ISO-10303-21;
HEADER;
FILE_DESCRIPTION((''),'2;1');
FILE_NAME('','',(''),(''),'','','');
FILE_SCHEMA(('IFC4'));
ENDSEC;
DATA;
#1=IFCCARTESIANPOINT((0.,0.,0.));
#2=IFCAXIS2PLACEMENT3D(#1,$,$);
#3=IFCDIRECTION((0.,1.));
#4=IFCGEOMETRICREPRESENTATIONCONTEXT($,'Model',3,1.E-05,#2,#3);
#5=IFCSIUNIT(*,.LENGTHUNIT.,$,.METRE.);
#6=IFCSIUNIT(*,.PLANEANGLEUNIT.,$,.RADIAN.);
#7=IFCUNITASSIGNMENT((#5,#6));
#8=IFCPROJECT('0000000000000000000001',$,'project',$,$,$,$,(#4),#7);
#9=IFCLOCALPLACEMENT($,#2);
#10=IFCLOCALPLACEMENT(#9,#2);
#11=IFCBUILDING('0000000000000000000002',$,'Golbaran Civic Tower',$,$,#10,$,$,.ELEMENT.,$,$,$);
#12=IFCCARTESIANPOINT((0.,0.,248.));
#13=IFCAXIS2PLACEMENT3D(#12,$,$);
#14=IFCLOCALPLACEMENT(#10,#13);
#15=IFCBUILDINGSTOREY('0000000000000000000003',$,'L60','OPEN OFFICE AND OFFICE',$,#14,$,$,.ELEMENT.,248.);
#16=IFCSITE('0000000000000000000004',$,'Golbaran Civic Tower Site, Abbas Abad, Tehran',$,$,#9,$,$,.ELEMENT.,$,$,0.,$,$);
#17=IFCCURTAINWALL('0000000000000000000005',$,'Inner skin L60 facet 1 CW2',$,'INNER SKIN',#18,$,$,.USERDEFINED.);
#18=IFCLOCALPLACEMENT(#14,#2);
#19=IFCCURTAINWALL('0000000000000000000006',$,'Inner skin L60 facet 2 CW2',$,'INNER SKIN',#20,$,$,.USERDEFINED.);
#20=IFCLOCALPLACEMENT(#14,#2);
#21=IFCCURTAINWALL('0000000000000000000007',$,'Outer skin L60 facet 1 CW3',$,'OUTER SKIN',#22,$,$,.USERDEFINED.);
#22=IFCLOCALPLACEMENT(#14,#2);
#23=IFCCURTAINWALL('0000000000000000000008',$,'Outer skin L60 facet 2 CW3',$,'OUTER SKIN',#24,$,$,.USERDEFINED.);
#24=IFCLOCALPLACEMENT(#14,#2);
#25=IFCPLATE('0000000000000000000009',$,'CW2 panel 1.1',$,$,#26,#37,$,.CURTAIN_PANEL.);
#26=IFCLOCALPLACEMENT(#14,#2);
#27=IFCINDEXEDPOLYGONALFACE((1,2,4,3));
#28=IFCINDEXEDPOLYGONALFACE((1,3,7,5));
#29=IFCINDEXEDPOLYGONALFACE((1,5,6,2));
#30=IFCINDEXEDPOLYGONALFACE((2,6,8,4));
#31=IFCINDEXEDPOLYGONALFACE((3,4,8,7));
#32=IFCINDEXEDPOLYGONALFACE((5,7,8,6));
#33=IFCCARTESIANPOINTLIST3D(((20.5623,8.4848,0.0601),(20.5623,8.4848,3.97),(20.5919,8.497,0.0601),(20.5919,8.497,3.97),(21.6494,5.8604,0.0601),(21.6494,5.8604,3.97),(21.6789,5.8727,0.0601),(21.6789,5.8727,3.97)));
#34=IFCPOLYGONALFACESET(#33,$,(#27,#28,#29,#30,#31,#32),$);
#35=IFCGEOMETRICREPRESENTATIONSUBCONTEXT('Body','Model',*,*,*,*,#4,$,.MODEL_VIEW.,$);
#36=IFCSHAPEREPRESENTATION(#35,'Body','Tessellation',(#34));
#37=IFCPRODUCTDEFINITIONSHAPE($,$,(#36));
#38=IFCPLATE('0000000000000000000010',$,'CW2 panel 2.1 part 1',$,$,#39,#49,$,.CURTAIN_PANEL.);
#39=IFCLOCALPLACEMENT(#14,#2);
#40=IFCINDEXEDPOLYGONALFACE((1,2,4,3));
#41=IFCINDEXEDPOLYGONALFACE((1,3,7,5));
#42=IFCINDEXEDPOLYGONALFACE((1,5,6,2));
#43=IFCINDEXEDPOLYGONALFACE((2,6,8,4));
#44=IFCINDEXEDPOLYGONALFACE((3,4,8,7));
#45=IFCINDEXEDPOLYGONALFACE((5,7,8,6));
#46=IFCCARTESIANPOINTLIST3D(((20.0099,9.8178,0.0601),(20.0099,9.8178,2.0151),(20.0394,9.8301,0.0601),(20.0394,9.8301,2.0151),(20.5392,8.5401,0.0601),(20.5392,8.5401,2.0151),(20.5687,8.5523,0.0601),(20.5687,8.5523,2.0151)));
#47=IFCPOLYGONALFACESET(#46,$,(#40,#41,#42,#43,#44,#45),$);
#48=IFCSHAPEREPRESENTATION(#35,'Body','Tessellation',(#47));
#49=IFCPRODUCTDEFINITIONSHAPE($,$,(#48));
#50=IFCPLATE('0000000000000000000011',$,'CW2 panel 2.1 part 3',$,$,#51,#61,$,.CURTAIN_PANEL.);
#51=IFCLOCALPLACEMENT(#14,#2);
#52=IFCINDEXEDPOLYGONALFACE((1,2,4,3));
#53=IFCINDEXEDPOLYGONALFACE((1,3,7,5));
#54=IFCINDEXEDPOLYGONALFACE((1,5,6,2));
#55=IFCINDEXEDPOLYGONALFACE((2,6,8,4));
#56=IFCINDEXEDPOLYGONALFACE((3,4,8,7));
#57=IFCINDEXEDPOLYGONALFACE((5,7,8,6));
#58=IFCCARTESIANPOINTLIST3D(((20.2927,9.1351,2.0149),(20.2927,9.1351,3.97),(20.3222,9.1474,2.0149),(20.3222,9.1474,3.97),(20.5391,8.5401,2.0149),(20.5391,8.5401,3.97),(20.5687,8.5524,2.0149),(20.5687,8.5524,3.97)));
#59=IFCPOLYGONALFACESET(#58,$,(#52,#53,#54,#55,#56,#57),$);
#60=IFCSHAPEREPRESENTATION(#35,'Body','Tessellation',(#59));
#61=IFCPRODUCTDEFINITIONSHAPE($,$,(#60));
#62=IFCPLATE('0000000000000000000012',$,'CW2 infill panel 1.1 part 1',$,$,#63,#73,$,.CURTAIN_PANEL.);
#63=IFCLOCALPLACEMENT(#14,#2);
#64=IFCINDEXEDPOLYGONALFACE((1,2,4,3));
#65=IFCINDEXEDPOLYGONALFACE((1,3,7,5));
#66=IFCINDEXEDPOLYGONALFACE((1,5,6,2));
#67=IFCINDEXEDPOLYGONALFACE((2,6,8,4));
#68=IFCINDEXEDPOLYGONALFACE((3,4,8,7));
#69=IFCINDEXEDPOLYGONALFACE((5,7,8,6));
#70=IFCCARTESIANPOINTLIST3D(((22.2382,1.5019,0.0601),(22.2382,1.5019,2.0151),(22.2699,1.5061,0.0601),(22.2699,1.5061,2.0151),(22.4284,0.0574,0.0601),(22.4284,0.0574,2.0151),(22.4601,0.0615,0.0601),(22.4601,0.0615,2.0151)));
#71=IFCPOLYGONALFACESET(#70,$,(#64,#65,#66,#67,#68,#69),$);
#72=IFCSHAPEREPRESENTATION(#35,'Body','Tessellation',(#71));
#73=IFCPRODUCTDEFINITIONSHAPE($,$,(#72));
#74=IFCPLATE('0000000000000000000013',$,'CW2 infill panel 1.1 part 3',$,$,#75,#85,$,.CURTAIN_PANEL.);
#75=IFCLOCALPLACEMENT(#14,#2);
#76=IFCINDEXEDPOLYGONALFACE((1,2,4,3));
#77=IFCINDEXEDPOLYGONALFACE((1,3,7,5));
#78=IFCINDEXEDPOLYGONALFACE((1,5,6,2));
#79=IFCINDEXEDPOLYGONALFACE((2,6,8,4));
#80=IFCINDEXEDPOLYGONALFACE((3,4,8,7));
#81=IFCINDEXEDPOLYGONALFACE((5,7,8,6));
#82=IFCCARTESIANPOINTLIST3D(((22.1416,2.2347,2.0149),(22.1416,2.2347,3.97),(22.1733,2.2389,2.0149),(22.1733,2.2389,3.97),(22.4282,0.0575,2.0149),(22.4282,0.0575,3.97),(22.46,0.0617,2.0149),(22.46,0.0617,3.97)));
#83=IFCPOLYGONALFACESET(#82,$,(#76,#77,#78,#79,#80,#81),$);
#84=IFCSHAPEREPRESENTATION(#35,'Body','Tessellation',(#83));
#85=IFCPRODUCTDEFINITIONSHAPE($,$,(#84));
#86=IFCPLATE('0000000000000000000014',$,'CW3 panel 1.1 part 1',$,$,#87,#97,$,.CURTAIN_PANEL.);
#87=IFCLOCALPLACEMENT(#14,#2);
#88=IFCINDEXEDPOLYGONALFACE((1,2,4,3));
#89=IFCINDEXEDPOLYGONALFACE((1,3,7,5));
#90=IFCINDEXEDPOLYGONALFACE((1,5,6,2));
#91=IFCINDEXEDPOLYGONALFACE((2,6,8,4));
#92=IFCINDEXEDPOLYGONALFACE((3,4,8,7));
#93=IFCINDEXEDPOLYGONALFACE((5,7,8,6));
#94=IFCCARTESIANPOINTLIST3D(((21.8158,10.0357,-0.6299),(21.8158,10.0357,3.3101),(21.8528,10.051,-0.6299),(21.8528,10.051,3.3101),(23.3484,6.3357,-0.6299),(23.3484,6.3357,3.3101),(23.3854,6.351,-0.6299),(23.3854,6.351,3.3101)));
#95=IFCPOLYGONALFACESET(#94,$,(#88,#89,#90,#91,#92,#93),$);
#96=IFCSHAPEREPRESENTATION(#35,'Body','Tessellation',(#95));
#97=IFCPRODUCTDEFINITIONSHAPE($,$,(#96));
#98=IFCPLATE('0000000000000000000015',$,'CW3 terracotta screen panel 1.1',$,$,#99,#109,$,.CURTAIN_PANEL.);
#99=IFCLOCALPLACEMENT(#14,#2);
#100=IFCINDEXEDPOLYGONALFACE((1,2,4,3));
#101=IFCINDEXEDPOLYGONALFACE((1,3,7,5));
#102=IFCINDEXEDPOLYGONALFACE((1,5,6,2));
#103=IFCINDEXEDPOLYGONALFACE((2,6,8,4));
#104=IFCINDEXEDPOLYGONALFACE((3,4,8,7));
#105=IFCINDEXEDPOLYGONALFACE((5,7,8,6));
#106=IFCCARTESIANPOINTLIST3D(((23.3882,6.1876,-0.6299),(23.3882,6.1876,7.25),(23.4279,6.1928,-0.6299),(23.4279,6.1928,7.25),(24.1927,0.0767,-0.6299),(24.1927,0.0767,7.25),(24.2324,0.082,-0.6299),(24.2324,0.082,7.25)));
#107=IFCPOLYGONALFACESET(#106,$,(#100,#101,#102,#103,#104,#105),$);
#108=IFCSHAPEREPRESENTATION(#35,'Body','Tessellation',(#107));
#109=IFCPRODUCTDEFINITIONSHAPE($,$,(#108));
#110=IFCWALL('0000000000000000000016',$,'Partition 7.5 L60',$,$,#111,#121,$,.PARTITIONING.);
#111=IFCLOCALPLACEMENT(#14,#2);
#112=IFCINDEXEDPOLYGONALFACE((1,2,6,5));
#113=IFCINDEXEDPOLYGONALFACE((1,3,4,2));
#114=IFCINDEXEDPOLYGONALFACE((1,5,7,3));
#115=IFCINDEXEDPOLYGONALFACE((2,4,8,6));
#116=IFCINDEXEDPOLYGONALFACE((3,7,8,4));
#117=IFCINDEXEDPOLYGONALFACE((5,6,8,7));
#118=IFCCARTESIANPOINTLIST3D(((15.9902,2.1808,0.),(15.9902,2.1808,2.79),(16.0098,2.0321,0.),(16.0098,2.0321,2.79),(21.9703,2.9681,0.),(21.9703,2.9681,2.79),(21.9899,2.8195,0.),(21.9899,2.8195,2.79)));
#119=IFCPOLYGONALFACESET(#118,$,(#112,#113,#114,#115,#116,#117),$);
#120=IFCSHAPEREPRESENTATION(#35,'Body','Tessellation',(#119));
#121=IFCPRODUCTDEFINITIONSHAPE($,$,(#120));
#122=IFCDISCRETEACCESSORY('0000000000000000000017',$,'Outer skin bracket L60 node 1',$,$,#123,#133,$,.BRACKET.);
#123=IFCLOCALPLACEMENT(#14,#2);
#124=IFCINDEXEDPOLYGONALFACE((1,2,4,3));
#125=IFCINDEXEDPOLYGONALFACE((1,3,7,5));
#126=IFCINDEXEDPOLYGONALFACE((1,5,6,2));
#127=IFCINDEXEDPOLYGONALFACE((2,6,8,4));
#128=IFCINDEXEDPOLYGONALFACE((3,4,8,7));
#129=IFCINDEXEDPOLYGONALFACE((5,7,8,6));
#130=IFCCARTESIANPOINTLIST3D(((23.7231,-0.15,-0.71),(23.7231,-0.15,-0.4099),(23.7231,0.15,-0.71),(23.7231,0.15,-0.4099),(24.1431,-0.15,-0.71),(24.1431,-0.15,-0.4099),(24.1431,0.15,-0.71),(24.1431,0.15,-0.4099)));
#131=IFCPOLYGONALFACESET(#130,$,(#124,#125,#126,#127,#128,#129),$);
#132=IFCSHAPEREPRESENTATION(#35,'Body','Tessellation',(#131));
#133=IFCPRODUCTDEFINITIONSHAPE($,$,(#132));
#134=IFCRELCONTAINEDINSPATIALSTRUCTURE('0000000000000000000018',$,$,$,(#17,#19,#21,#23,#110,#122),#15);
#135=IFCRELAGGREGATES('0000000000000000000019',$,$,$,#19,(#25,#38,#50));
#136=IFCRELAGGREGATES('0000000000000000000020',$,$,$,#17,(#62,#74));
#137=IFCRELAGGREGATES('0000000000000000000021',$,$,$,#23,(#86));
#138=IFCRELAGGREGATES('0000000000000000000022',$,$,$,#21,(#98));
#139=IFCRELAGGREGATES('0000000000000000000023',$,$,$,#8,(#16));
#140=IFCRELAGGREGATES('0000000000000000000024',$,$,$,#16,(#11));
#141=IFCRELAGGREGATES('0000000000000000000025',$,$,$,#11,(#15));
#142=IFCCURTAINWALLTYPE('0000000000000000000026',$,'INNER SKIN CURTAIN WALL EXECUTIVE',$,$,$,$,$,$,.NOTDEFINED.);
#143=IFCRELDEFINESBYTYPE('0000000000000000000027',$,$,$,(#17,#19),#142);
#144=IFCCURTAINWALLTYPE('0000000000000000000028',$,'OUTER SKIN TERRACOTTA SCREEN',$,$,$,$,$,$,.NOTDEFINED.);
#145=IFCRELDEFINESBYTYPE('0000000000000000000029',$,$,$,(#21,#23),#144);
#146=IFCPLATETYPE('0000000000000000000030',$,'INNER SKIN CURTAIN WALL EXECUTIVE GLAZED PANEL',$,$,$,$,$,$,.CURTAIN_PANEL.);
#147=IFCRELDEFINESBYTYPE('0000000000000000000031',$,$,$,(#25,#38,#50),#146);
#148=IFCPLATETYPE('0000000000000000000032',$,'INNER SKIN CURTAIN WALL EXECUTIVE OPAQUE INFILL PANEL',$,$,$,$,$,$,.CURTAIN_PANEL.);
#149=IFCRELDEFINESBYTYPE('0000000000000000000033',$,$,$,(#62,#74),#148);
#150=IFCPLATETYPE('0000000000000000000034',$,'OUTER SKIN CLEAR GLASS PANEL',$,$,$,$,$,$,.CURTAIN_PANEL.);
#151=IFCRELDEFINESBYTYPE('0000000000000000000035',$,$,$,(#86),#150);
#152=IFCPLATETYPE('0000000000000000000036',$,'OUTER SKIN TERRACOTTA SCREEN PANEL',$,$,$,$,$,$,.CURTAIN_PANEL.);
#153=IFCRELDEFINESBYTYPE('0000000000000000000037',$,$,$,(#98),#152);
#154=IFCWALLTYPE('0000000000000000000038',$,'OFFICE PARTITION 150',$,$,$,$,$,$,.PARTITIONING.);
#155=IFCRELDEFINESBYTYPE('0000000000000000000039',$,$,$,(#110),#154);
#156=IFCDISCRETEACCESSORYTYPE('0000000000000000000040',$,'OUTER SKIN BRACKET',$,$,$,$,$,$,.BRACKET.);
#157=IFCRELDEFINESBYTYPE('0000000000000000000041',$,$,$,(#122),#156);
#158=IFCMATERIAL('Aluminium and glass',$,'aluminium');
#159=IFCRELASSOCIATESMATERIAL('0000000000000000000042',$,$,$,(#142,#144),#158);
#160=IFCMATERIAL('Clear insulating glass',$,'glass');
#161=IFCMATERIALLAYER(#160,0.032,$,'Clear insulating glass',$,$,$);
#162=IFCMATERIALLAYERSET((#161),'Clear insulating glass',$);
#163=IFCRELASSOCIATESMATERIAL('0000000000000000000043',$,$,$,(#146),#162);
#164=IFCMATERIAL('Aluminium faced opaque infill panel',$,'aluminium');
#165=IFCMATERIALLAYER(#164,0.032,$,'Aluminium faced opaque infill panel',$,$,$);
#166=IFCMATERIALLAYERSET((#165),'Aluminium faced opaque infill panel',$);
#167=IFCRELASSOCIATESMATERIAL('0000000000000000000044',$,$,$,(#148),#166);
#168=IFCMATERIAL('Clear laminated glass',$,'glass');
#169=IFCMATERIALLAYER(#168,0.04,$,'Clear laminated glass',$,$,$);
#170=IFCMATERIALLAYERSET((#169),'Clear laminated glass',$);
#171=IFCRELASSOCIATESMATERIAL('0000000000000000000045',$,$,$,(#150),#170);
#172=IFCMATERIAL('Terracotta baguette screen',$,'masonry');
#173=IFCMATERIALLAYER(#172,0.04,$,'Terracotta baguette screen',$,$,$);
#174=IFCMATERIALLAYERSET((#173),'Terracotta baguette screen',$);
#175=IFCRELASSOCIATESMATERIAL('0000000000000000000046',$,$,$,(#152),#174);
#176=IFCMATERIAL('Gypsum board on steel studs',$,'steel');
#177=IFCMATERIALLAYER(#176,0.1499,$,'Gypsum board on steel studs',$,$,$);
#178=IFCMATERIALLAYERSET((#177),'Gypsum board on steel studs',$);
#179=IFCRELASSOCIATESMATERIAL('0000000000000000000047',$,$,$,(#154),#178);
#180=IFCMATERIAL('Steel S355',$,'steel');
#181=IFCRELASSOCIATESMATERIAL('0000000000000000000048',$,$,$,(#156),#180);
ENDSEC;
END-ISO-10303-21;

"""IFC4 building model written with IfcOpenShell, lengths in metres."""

from ifc_helpers import new_model, si_unit, direction, frame, frame_2d, origin, origin_2d, place, context, subcontext, project, spatial, rectangle, extrude, material, layer, layer_set, type_object, element, aggregate, save


model = new_model("IFC4")

# Units and contexts
model_context = context("Model", 3, precision=1e-05, world=origin(), true_north=direction((0.0, 1.0)))
body_context = subcontext(model_context, "Body", "Model", "MODEL_VIEW")
ifc_project = project(units=[si_unit("LENGTHUNIT", "METRE"), si_unit("PLANEANGLEUNIT", "RADIAN")], contexts=[model_context])

# Site, building, storey
site_placement = place(None, origin())
site = spatial("IfcSite", under=ifc_project, at=site_placement, Name="Golbaran Civic Tower Site, Abbas Abad, Tehran", CompositionType="ELEMENT", RefElevation=0.0)
building_placement = place(site_placement, origin())
building = spatial("IfcBuilding", under=site, at=building_placement, Name="Golbaran Civic Tower", CompositionType="ELEMENT")
storey_placement = place(building_placement, frame((0.0, 0.0, 248.0)))
storey = spatial("IfcBuildingStorey", under=building, at=storey_placement, Name="L60", Description="OPEN OFFICE AND OFFICE", CompositionType="ELEMENT", Elevation=248.0)

# Shared definitions
ifc_material_1 = material(Name="Steel S355", Category="steel")

# Curtain walls
ifc_material_2 = material(Name="Aluminium and glass", Category="aluminium")
curtain_wall_type_1 = type_object("IfcCurtainWallType", Name="INNER SKIN CURTAIN WALL EXECUTIVE", PredefinedType="NOTDEFINED", material=ifc_material_2)
curtain_wall_1_placement = place(storey_placement, origin())
curtain_wall_1 = element("IfcCurtainWall", 1, at=curtain_wall_1_placement, inside=storey, type_object=curtain_wall_type_1, Name="Inner skin L60 facet 1 CW2", ObjectType="INNER SKIN", PredefinedType="USERDEFINED")
curtain_wall_2_placement = place(storey_placement, origin())
curtain_wall_2 = element("IfcCurtainWall", 2, at=curtain_wall_2_placement, inside=storey, type_object=curtain_wall_type_1, Name="Inner skin L60 facet 2 CW2", ObjectType="INNER SKIN", PredefinedType="USERDEFINED")

# Curtain wall
curtain_wall_type_2 = type_object("IfcCurtainWallType", Name="OUTER SKIN TERRACOTTA SCREEN", PredefinedType="NOTDEFINED", material=ifc_material_2)
curtain_wall_3_placement = place(storey_placement, origin())
curtain_wall_3 = element("IfcCurtainWall", 3, at=curtain_wall_3_placement, inside=storey, type_object=curtain_wall_type_2, Name="Outer skin L60 facet 1 CW3", ObjectType="OUTER SKIN", PredefinedType="USERDEFINED")

# Curtain wall
curtain_wall_4_placement = place(storey_placement, origin())
curtain_wall_4 = element("IfcCurtainWall", 4, at=curtain_wall_4_placement, inside=storey, type_object=curtain_wall_type_2, Name="Outer skin L60 facet 2 CW3", ObjectType="OUTER SKIN", PredefinedType="USERDEFINED")

# Plates
ifc_material_3 = material(Name="Clear insulating glass", Category="glass")
ifc_layer_1 = layer(ifc_material_3, 0.032, Name="Clear insulating glass")
ifc_layer_set_1 = layer_set([ifc_layer_1], Name="Clear insulating glass")
plate_type_1 = type_object("IfcPlateType", Name="INNER SKIN CURTAIN WALL EXECUTIVE GLAZED PANEL", PredefinedType="CURTAIN_PANEL", material=ifc_layer_set_1)
plate_1_placement = place(storey_placement, frame((21.1206, 7.1787, 0.0601), z_axis=(0.0, 0.0, 1.0), x_axis=(-0.382683, 0.92388, 0.0)))
plate_1 = element("IfcPlate", 5, at=plate_1_placement, type_object=plate_type_1, Name="CW2 panel 1.1", PredefinedType="CURTAIN_PANEL", context=body_context, shape_type="SweptSolid", body=[
    extrude(rectangle(XDim=2.8406, YDim=0.032, at=origin_2d()), origin(), (0.0, 0.0, 1.0), 3.9099),
])
plate_2_placement = place(storey_placement, frame((20.2893, 9.1851, 0.0601), z_axis=(0.0, 0.0, 1.0), x_axis=(-0.382683, 0.92388, 0.0)))
plate_2 = element("IfcPlate", 6, at=plate_2_placement, type_object=plate_type_1, Name="CW2 panel 2.1 part 1", PredefinedType="CURTAIN_PANEL", context=body_context, shape_type="SweptSolid", body=[
    extrude(rectangle(XDim=1.3831, YDim=0.032, at=origin_2d()), origin(), (0.0, 0.0, 1.0), 1.9551),
])
plate_3_placement = place(storey_placement, frame((20.4307, 8.8438, 2.0149), z_axis=(0.0, 0.0, 1.0), x_axis=(-0.382683, 0.92388, 0.0)))
plate_3 = element("IfcPlate", 7, at=plate_3_placement, type_object=plate_type_1, Name="CW2 panel 2.1 part 3", PredefinedType="CURTAIN_PANEL", context=body_context, shape_type="SweptSolid", body=[
    extrude(rectangle(XDim=0.644, YDim=0.032, at=origin_2d()), origin(), (0.0, 0.0, 1.0), 1.9551),
])
aggregate(curtain_wall_2, [plate_1, plate_2, plate_3])
ifc_material_4 = material(Name="Aluminium faced opaque infill panel", Category="aluminium")
ifc_layer_2 = layer(ifc_material_4, 0.032, Name="Aluminium faced opaque infill panel")
ifc_layer_set_2 = layer_set([ifc_layer_2], Name="Aluminium faced opaque infill panel")
plate_type_2 = type_object("IfcPlateType", Name="INNER SKIN CURTAIN WALL EXECUTIVE OPAQUE INFILL PANEL", PredefinedType="CURTAIN_PANEL", material=ifc_layer_set_2)
plate_4_placement = place(storey_placement, frame((22.3491, 0.7817, 0.0601), z_axis=(0.0, 0.0, 1.0), x_axis=(-0.130526, 0.991445, 0.0)))
plate_4 = element("IfcPlate", 8, at=plate_4_placement, type_object=plate_type_2, Name="CW2 infill panel 1.1 part 1", PredefinedType="CURTAIN_PANEL", context=body_context, shape_type="SweptSolid", body=[
    extrude(rectangle(XDim=1.457, YDim=0.032, at=origin_2d()), origin(), (0.0, 0.0, 1.0), 1.9551),
])
plate_5_placement = place(storey_placement, frame((22.3008, 1.1482, 2.0149), z_axis=(0.0, 0.0, 1.0), x_axis=(-0.130526, 0.991445, 0.0)))
plate_5 = element("IfcPlate", 9, at=plate_5_placement, type_object=plate_type_2, Name="CW2 infill panel 1.1 part 3", PredefinedType="CURTAIN_PANEL", context=body_context, shape_type="SweptSolid", body=[
    extrude(rectangle(XDim=2.196, YDim=0.032, at=origin_2d()), origin(), (0.0, 0.0, 1.0), 1.9551),
])
aggregate(curtain_wall_1, [plate_4, plate_5])
ifc_material_5 = material(Name="Clear laminated glass", Category="glass")
ifc_layer_3 = layer(ifc_material_5, 0.04, Name="Clear laminated glass")
ifc_layer_set_3 = layer_set([ifc_layer_3], Name="Clear laminated glass")
plate_type_3 = type_object("IfcPlateType", Name="OUTER SKIN CLEAR GLASS PANEL", PredefinedType="CURTAIN_PANEL", material=ifc_layer_set_3)
plate_6_placement = place(storey_placement, frame((22.6006, 8.1934, -0.6299), z_axis=(0.0, 0.0, 1.0), x_axis=(-0.382683, 0.92388, 0.0)))
plate_6 = element("IfcPlate", 10, at=plate_6_placement, type_object=plate_type_3, Name="CW3 panel 1.1 part 1", PredefinedType="CURTAIN_PANEL", context=body_context, shape_type="SweptSolid", body=[
    extrude(rectangle(XDim=4.0049, YDim=0.04, at=origin_2d()), origin(), (0.0, 0.0, 1.0), 3.9399),
])
aggregate(curtain_wall_4, [plate_6])
ifc_material_6 = material(Name="Terracotta baguette screen", Category="masonry")
ifc_layer_4 = layer(ifc_material_6, 0.04, Name="Terracotta baguette screen")
ifc_layer_set_4 = layer_set([ifc_layer_4], Name="Terracotta baguette screen")
plate_type_4 = type_object("IfcPlateType", Name="OUTER SKIN TERRACOTTA SCREEN PANEL", PredefinedType="CURTAIN_PANEL", material=ifc_layer_set_4)
plate_7_placement = place(storey_placement, frame((23.8103, 3.1348, -0.6299), z_axis=(0.0, 0.0, 1.0), x_axis=(-0.130526, 0.991445, 0.0)))
plate_7 = element("IfcPlate", 11, at=plate_7_placement, type_object=plate_type_4, Name="CW3 terracotta screen panel 1.1", PredefinedType="CURTAIN_PANEL", context=body_context, shape_type="SweptSolid", body=[
    extrude(rectangle(XDim=6.1636, YDim=0.04, at=origin_2d()), origin(), (0.0, 0.0, 1.0), 7.8799),
])
aggregate(curtain_wall_3, [plate_7])

# Wall
ifc_material_7 = material(Name="Gypsum board on steel studs", Category="steel")
ifc_layer_5 = layer(ifc_material_7, 0.1499, Name="Gypsum board on steel studs")
ifc_layer_set_5 = layer_set([ifc_layer_5], Name="Gypsum board on steel studs")
wall_type = type_object("IfcWallType", Name="OFFICE PARTITION 150", PredefinedType="PARTITIONING", material=ifc_layer_set_5)
wall_placement = place(storey_placement, frame((16.0, 2.1064, 0.0), z_axis=(0.0, 0.0, 1.0), x_axis=(0.991444, 0.130533, 0.0)))
element("IfcWall", 12, at=wall_placement, inside=storey, type_object=wall_type, Name="Partition 7.5 L60", PredefinedType="PARTITIONING", context=body_context, shape_type="SweptSolid", body=[
    extrude(rectangle(XDim=6.0317, YDim=0.1499, at=frame_2d((3.0159, 0.0))), origin(), (0.0, 0.0, 1.0), 2.79),
])

# Discrete accessory
discrete_accessory_type = type_object("IfcDiscreteAccessoryType", Name="OUTER SKIN BRACKET", PredefinedType="BRACKET", material=ifc_material_1)
discrete_accessory_placement = place(storey_placement, frame((23.9331, 0.0, -0.71), z_axis=(0.0, 0.0, 1.0), x_axis=(1.0, 0.0, 0.0)))
element("IfcDiscreteAccessory", 13, at=discrete_accessory_placement, inside=storey, type_object=discrete_accessory_type, Name="Outer skin bracket L60 node 1", PredefinedType="BRACKET", context=body_context, shape_type="SweptSolid", body=[
    extrude(rectangle(XDim=0.4199, YDim=0.3, at=origin_2d()), origin(), (0.0, 0.0, 1.0), 0.3),
])

save(model, "model.ifc")
